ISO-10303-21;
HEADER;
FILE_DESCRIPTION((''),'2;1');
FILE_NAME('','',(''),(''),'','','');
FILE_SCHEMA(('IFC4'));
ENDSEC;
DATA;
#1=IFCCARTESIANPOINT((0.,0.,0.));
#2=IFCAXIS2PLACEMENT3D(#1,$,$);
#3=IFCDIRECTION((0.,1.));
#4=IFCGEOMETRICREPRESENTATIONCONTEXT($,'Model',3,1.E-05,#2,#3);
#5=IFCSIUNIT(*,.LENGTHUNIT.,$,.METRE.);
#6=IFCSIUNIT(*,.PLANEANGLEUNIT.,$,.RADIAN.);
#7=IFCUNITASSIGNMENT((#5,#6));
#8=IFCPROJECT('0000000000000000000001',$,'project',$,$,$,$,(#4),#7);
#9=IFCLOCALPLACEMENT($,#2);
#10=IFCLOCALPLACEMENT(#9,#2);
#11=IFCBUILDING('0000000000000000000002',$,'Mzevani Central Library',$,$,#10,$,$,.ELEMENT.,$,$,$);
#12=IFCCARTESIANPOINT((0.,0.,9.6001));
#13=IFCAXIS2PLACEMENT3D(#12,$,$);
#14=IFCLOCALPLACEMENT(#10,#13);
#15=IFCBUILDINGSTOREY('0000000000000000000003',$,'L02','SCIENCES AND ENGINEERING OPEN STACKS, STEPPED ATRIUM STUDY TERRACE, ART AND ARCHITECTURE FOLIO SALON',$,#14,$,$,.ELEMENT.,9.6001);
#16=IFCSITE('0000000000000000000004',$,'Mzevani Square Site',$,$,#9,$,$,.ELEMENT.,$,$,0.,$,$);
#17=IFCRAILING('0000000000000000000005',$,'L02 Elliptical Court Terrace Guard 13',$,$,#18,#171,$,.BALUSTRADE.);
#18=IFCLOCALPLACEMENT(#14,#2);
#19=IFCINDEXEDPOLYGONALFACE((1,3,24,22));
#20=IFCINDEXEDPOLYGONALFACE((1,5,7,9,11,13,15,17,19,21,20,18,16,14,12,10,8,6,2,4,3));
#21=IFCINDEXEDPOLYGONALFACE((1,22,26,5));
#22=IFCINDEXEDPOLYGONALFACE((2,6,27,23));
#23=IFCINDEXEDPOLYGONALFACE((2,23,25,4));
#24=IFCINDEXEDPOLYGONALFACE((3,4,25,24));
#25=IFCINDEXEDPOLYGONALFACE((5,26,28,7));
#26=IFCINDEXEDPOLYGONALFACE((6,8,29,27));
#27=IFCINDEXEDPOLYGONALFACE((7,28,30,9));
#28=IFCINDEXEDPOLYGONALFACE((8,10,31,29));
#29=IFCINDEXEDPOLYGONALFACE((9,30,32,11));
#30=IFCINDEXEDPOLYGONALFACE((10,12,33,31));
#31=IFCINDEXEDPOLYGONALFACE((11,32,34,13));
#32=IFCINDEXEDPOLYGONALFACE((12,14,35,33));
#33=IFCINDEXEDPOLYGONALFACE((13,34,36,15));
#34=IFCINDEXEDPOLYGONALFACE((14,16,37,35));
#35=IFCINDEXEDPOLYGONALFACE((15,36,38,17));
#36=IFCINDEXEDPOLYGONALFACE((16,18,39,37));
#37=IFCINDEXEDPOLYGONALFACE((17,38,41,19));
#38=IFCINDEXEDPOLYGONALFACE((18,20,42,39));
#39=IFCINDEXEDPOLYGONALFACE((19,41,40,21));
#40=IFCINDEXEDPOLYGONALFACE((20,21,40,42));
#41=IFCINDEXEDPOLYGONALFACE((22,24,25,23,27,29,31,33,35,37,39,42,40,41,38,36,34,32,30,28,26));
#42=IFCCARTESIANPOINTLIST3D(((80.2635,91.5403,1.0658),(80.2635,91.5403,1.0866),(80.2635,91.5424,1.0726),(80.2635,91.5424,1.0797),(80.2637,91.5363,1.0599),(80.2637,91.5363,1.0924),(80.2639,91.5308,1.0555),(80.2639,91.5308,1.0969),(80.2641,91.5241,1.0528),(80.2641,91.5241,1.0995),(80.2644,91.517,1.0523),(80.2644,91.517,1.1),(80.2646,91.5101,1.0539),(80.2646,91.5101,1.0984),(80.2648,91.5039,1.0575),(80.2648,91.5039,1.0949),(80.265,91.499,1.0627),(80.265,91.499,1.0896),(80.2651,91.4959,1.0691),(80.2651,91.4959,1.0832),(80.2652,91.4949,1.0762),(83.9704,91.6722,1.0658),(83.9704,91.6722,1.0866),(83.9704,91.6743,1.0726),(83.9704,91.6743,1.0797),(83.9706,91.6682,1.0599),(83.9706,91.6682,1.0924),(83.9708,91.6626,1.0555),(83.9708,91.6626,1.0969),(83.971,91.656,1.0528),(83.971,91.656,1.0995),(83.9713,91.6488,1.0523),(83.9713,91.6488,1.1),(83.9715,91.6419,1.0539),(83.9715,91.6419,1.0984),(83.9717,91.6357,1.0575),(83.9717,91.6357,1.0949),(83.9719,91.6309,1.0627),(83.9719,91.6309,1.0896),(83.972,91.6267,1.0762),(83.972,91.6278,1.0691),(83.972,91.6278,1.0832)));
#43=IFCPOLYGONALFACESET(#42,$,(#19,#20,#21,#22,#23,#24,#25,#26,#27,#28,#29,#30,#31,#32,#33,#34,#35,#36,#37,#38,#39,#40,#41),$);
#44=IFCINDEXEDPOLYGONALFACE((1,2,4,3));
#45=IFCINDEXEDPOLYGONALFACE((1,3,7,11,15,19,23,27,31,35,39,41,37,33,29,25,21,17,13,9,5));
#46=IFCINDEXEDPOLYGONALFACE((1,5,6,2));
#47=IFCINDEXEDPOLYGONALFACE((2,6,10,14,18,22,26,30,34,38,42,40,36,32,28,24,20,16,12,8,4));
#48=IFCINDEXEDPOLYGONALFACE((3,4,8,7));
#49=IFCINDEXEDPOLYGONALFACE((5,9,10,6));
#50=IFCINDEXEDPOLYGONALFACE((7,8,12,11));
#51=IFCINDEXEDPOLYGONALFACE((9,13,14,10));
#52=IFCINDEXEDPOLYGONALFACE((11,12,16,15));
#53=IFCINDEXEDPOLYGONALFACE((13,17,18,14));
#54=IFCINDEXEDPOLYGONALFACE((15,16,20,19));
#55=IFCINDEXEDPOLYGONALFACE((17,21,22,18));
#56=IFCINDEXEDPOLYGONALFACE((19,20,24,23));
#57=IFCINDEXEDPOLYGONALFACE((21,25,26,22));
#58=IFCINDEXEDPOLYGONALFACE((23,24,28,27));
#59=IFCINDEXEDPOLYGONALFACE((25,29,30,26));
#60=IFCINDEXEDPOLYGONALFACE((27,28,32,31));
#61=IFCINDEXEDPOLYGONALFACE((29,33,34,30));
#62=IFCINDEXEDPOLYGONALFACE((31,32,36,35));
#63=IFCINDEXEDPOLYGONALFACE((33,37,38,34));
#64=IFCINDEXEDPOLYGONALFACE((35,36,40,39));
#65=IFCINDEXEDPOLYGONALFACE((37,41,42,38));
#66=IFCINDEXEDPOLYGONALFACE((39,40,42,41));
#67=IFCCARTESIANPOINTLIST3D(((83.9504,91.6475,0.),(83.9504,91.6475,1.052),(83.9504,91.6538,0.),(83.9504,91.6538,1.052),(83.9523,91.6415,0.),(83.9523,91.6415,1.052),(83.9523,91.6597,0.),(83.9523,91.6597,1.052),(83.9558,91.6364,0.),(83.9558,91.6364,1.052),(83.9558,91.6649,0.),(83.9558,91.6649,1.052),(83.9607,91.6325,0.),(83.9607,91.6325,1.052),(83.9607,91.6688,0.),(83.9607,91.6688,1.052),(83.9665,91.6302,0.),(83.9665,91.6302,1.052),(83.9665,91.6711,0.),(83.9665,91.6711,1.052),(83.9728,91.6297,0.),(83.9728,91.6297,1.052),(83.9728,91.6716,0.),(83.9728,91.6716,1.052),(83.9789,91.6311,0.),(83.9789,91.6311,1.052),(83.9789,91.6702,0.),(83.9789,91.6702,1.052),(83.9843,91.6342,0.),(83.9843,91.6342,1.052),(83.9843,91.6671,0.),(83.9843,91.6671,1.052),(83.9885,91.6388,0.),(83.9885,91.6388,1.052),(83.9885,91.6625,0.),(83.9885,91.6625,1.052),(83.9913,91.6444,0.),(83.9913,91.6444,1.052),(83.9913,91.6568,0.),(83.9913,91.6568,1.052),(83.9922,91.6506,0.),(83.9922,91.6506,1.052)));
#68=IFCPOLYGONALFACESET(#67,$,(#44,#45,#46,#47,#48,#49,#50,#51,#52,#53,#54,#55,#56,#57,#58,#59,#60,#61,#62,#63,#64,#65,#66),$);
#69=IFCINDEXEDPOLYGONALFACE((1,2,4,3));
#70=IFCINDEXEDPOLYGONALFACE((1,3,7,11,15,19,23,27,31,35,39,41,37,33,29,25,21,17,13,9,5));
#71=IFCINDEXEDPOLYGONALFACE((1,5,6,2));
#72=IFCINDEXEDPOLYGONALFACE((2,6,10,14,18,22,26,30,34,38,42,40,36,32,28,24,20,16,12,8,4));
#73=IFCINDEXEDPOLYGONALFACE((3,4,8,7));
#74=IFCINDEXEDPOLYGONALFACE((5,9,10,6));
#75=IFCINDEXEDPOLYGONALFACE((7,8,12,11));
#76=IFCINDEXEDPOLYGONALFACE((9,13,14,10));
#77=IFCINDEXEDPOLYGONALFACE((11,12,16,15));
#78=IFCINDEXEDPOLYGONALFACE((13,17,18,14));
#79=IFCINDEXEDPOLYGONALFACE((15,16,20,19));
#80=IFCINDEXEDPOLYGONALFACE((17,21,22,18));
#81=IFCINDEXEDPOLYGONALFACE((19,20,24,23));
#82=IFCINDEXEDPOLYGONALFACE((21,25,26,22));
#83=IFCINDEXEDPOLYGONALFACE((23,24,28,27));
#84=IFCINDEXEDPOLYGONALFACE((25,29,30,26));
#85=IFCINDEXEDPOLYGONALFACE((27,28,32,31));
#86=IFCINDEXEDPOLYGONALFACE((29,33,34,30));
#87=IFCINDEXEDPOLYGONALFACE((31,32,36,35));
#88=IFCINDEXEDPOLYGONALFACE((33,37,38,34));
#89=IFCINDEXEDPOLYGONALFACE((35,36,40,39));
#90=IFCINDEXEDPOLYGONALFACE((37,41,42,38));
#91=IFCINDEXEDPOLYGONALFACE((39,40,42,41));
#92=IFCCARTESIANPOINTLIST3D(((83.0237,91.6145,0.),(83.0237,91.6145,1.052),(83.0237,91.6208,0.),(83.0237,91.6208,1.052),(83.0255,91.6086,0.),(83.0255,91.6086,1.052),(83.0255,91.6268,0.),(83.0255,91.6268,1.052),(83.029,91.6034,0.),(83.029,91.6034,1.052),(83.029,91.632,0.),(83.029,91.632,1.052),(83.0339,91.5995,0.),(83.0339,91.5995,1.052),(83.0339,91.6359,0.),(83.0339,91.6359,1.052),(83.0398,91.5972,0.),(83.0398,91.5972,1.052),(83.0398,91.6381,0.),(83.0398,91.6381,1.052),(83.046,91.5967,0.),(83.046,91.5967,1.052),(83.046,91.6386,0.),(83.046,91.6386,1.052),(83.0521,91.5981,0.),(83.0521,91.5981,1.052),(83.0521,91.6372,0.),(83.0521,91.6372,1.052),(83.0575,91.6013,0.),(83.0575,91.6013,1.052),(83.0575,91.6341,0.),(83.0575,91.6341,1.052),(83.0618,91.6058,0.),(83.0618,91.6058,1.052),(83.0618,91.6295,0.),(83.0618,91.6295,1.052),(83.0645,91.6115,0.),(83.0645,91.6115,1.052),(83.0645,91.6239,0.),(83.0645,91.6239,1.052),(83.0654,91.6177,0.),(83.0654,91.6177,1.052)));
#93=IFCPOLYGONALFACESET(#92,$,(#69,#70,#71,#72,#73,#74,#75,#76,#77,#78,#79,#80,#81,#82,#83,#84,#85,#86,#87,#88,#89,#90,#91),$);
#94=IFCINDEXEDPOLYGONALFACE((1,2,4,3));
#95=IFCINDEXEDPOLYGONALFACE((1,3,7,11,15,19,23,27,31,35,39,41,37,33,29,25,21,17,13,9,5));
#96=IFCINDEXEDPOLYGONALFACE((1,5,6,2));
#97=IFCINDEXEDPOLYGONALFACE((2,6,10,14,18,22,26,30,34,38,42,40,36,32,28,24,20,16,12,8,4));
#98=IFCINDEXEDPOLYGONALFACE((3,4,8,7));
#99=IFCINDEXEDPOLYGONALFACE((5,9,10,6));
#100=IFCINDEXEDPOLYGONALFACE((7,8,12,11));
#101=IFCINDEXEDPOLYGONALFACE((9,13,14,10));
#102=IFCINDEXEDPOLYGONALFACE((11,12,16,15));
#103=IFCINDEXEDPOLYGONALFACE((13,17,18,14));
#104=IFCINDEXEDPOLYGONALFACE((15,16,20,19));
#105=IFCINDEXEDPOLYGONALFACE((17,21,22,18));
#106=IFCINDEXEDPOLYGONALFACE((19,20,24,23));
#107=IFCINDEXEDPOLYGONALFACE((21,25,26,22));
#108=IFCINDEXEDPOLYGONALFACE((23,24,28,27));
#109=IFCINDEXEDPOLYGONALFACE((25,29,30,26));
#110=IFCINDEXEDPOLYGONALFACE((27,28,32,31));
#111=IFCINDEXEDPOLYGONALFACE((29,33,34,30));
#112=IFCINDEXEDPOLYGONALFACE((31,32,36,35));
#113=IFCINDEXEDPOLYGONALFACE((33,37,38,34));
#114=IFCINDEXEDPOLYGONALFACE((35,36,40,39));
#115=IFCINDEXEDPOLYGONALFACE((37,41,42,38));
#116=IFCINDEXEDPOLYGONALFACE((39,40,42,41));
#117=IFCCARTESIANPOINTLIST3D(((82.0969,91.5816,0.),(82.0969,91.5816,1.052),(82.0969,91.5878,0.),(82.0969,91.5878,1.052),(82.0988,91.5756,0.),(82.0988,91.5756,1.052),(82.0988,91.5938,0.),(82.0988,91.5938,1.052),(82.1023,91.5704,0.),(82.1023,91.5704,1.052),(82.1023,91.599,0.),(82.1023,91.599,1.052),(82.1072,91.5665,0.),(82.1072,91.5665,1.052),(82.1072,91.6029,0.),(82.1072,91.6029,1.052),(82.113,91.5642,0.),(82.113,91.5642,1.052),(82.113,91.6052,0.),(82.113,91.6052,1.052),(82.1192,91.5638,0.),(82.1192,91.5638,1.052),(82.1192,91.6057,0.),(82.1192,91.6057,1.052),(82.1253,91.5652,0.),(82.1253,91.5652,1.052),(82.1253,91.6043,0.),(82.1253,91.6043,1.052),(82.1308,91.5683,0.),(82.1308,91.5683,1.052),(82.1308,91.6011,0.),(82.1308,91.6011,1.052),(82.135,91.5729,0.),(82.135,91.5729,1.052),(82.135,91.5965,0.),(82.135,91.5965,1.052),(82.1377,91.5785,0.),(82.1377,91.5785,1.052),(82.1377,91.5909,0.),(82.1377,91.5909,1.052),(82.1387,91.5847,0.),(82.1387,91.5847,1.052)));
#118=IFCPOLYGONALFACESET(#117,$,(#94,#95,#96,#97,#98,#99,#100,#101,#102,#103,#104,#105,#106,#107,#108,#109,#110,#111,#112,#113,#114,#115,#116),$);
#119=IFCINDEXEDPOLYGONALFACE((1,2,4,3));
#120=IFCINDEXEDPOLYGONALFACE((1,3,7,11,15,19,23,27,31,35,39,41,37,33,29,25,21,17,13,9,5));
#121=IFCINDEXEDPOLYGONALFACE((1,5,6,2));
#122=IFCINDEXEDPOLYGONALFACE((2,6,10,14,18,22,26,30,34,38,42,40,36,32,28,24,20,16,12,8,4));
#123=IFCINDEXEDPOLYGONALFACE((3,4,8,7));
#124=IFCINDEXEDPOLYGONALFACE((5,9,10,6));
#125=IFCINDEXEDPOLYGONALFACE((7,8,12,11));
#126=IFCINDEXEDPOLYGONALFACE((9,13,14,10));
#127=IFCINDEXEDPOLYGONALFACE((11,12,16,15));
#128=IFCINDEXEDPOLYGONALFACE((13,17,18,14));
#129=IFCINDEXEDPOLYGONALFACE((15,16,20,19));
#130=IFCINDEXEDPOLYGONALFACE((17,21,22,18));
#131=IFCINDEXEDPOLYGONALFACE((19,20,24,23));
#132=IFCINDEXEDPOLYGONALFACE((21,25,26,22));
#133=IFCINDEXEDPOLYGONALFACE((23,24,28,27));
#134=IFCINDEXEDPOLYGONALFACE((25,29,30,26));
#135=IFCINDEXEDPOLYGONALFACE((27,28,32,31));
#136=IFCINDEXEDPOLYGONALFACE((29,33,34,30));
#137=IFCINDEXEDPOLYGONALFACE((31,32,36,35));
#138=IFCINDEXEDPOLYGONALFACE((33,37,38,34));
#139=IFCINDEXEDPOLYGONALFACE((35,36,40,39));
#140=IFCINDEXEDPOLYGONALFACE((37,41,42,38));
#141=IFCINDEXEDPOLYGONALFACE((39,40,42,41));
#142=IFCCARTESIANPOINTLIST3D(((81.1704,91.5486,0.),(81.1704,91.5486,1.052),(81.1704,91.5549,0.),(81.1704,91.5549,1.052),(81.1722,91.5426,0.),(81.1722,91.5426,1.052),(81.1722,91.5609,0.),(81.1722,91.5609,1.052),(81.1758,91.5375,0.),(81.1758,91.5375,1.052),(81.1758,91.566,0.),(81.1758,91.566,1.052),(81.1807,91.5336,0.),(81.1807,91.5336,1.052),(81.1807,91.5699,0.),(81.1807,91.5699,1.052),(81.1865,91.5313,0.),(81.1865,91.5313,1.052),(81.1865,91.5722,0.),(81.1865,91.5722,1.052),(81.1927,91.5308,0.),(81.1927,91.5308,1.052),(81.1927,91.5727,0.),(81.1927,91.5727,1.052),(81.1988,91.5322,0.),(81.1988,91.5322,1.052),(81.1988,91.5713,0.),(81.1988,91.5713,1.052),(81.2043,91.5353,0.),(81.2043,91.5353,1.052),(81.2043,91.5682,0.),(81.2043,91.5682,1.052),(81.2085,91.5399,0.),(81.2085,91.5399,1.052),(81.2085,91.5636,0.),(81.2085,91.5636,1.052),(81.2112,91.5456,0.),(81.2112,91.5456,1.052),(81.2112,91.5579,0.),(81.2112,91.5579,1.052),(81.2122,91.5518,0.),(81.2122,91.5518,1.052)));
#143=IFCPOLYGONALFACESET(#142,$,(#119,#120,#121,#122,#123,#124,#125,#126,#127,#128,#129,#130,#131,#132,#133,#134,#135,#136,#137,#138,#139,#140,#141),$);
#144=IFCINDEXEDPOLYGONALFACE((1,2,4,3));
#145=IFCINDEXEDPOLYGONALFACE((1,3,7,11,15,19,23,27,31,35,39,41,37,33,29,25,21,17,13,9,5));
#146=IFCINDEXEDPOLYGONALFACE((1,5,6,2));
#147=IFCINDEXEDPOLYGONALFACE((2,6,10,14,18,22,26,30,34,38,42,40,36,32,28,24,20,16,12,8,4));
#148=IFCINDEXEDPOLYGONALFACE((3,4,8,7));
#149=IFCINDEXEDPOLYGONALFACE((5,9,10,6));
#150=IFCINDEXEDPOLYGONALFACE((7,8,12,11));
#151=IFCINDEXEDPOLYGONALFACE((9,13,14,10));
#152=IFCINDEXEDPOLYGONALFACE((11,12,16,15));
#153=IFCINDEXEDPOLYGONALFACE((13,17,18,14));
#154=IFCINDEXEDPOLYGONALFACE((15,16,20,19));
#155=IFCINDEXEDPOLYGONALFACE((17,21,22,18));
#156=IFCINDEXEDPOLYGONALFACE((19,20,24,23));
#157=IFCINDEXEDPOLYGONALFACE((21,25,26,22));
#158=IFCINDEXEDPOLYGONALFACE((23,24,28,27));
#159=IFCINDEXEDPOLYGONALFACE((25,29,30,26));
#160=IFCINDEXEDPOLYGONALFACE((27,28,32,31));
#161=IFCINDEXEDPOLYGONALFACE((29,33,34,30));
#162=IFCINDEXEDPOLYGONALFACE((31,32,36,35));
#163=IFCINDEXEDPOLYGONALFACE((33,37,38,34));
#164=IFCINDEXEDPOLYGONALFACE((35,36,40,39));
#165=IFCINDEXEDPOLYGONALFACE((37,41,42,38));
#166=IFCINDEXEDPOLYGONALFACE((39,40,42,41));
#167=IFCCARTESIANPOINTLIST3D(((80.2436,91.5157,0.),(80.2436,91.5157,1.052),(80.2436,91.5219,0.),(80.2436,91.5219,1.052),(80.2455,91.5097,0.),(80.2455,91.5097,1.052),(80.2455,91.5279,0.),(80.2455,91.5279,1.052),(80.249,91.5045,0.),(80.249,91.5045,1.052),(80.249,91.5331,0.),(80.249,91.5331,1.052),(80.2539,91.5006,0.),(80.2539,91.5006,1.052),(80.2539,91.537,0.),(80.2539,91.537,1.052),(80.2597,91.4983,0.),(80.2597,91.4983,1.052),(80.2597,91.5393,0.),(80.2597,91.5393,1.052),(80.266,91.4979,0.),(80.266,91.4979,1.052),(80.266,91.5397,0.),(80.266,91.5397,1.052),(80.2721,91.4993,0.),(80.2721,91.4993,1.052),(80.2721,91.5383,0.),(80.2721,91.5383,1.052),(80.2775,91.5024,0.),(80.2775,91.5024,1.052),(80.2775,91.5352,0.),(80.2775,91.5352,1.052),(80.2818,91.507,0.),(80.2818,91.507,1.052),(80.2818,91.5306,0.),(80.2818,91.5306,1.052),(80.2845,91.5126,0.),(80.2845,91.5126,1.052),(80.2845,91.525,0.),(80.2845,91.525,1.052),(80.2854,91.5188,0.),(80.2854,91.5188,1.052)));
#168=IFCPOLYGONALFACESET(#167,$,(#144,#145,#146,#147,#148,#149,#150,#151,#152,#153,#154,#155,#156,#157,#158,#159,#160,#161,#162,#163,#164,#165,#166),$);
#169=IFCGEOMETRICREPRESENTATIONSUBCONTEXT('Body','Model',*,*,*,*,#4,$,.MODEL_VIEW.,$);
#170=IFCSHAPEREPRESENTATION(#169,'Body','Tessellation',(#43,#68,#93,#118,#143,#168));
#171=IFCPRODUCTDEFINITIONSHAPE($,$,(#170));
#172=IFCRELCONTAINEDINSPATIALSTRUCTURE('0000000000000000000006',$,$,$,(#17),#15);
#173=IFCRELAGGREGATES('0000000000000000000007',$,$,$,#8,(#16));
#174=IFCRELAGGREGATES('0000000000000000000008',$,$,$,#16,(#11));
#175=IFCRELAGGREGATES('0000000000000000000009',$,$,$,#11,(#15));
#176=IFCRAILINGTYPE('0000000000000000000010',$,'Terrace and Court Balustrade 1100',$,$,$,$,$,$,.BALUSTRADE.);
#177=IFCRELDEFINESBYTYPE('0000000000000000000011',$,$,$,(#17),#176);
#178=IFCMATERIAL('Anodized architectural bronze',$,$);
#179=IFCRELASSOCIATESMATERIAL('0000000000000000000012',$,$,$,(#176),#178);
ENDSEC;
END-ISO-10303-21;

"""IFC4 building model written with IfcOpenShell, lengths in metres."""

from ifc_helpers import new_model, si_unit, direction, frame, origin, origin_2d, place, context, subcontext, project, spatial, circle, extrude, material, type_object, element, save


model = new_model("IFC4")

# Units and contexts
model_context = context("Model", 3, precision=1e-05, world=origin(), true_north=direction((0.0, 1.0)))
body_context = subcontext(model_context, "Body", "Model", "MODEL_VIEW")
ifc_project = project(units=[si_unit("LENGTHUNIT", "METRE"), si_unit("PLANEANGLEUNIT", "RADIAN")], contexts=[model_context])

# Site, building, storey
site_placement = place(None, origin())
site = spatial("IfcSite", under=ifc_project, at=site_placement, Name="Mzevani Square Site", CompositionType="ELEMENT", RefElevation=0.0)
building_placement = place(site_placement, origin())
building = spatial("IfcBuilding", under=site, at=building_placement, Name="Mzevani Central Library", CompositionType="ELEMENT")
storey_placement = place(building_placement, frame((0.0, 0.0, 9.6001)))
storey = spatial("IfcBuildingStorey", under=building, at=storey_placement, Name="L02", Description="SCIENCES AND ENGINEERING OPEN STACKS, STEPPED ATRIUM STUDY TERRACE, ART AND ARCHITECTURE FOLIO SALON", CompositionType="ELEMENT", Elevation=9.6001)

# Railing
ifc_material_1 = material(Name="Anodized architectural bronze")
railing_type = type_object("IfcRailingType", Name="Terrace and Court Balustrade 1100", PredefinedType="BALUSTRADE", material=ifc_material_1)
railing_1_placement = place(storey_placement, frame((83.9712, 91.6506, 0.0)))
element("IfcRailing", 1, at=railing_1_placement, inside=storey, type_object=railing_type, Name="L02 Elliptical Court Terrace Guard 13", PredefinedType="BALUSTRADE", context=body_context, shape_type="SweptSolid", body=[
    extrude(circle(Radius=0.0239, at=origin_2d()), frame((0.0, 0.0, 1.0762), z_axis=(-0.999368, -0.035544, 0.0), x_axis=(0.035544, -0.999368, 0.0)), (0.0, 0.0, 1.0), 3.7092),
    extrude(circle(Radius=0.021, at=origin_2d()), origin(), (0.0, 0.0, 1.0), 1.052),
    extrude(circle(Radius=0.021, at=origin_2d()), frame((-0.9268, -0.033, 0.0)), (0.0, 0.0, 1.0), 1.052),
    extrude(circle(Radius=0.021, at=origin_2d()), frame((-1.8535, -0.0659, 0.0)), (0.0, 0.0, 1.0), 1.052),
    extrude(circle(Radius=0.021, at=origin_2d()), frame((-2.78, -0.0989, 0.0)), (0.0, 0.0, 1.0), 1.052),
    extrude(circle(Radius=0.021, at=origin_2d()), frame((-3.7068, -0.1318, 0.0)), (0.0, 0.0, 1.0), 1.052),
])

save(model, "model.ifc")
